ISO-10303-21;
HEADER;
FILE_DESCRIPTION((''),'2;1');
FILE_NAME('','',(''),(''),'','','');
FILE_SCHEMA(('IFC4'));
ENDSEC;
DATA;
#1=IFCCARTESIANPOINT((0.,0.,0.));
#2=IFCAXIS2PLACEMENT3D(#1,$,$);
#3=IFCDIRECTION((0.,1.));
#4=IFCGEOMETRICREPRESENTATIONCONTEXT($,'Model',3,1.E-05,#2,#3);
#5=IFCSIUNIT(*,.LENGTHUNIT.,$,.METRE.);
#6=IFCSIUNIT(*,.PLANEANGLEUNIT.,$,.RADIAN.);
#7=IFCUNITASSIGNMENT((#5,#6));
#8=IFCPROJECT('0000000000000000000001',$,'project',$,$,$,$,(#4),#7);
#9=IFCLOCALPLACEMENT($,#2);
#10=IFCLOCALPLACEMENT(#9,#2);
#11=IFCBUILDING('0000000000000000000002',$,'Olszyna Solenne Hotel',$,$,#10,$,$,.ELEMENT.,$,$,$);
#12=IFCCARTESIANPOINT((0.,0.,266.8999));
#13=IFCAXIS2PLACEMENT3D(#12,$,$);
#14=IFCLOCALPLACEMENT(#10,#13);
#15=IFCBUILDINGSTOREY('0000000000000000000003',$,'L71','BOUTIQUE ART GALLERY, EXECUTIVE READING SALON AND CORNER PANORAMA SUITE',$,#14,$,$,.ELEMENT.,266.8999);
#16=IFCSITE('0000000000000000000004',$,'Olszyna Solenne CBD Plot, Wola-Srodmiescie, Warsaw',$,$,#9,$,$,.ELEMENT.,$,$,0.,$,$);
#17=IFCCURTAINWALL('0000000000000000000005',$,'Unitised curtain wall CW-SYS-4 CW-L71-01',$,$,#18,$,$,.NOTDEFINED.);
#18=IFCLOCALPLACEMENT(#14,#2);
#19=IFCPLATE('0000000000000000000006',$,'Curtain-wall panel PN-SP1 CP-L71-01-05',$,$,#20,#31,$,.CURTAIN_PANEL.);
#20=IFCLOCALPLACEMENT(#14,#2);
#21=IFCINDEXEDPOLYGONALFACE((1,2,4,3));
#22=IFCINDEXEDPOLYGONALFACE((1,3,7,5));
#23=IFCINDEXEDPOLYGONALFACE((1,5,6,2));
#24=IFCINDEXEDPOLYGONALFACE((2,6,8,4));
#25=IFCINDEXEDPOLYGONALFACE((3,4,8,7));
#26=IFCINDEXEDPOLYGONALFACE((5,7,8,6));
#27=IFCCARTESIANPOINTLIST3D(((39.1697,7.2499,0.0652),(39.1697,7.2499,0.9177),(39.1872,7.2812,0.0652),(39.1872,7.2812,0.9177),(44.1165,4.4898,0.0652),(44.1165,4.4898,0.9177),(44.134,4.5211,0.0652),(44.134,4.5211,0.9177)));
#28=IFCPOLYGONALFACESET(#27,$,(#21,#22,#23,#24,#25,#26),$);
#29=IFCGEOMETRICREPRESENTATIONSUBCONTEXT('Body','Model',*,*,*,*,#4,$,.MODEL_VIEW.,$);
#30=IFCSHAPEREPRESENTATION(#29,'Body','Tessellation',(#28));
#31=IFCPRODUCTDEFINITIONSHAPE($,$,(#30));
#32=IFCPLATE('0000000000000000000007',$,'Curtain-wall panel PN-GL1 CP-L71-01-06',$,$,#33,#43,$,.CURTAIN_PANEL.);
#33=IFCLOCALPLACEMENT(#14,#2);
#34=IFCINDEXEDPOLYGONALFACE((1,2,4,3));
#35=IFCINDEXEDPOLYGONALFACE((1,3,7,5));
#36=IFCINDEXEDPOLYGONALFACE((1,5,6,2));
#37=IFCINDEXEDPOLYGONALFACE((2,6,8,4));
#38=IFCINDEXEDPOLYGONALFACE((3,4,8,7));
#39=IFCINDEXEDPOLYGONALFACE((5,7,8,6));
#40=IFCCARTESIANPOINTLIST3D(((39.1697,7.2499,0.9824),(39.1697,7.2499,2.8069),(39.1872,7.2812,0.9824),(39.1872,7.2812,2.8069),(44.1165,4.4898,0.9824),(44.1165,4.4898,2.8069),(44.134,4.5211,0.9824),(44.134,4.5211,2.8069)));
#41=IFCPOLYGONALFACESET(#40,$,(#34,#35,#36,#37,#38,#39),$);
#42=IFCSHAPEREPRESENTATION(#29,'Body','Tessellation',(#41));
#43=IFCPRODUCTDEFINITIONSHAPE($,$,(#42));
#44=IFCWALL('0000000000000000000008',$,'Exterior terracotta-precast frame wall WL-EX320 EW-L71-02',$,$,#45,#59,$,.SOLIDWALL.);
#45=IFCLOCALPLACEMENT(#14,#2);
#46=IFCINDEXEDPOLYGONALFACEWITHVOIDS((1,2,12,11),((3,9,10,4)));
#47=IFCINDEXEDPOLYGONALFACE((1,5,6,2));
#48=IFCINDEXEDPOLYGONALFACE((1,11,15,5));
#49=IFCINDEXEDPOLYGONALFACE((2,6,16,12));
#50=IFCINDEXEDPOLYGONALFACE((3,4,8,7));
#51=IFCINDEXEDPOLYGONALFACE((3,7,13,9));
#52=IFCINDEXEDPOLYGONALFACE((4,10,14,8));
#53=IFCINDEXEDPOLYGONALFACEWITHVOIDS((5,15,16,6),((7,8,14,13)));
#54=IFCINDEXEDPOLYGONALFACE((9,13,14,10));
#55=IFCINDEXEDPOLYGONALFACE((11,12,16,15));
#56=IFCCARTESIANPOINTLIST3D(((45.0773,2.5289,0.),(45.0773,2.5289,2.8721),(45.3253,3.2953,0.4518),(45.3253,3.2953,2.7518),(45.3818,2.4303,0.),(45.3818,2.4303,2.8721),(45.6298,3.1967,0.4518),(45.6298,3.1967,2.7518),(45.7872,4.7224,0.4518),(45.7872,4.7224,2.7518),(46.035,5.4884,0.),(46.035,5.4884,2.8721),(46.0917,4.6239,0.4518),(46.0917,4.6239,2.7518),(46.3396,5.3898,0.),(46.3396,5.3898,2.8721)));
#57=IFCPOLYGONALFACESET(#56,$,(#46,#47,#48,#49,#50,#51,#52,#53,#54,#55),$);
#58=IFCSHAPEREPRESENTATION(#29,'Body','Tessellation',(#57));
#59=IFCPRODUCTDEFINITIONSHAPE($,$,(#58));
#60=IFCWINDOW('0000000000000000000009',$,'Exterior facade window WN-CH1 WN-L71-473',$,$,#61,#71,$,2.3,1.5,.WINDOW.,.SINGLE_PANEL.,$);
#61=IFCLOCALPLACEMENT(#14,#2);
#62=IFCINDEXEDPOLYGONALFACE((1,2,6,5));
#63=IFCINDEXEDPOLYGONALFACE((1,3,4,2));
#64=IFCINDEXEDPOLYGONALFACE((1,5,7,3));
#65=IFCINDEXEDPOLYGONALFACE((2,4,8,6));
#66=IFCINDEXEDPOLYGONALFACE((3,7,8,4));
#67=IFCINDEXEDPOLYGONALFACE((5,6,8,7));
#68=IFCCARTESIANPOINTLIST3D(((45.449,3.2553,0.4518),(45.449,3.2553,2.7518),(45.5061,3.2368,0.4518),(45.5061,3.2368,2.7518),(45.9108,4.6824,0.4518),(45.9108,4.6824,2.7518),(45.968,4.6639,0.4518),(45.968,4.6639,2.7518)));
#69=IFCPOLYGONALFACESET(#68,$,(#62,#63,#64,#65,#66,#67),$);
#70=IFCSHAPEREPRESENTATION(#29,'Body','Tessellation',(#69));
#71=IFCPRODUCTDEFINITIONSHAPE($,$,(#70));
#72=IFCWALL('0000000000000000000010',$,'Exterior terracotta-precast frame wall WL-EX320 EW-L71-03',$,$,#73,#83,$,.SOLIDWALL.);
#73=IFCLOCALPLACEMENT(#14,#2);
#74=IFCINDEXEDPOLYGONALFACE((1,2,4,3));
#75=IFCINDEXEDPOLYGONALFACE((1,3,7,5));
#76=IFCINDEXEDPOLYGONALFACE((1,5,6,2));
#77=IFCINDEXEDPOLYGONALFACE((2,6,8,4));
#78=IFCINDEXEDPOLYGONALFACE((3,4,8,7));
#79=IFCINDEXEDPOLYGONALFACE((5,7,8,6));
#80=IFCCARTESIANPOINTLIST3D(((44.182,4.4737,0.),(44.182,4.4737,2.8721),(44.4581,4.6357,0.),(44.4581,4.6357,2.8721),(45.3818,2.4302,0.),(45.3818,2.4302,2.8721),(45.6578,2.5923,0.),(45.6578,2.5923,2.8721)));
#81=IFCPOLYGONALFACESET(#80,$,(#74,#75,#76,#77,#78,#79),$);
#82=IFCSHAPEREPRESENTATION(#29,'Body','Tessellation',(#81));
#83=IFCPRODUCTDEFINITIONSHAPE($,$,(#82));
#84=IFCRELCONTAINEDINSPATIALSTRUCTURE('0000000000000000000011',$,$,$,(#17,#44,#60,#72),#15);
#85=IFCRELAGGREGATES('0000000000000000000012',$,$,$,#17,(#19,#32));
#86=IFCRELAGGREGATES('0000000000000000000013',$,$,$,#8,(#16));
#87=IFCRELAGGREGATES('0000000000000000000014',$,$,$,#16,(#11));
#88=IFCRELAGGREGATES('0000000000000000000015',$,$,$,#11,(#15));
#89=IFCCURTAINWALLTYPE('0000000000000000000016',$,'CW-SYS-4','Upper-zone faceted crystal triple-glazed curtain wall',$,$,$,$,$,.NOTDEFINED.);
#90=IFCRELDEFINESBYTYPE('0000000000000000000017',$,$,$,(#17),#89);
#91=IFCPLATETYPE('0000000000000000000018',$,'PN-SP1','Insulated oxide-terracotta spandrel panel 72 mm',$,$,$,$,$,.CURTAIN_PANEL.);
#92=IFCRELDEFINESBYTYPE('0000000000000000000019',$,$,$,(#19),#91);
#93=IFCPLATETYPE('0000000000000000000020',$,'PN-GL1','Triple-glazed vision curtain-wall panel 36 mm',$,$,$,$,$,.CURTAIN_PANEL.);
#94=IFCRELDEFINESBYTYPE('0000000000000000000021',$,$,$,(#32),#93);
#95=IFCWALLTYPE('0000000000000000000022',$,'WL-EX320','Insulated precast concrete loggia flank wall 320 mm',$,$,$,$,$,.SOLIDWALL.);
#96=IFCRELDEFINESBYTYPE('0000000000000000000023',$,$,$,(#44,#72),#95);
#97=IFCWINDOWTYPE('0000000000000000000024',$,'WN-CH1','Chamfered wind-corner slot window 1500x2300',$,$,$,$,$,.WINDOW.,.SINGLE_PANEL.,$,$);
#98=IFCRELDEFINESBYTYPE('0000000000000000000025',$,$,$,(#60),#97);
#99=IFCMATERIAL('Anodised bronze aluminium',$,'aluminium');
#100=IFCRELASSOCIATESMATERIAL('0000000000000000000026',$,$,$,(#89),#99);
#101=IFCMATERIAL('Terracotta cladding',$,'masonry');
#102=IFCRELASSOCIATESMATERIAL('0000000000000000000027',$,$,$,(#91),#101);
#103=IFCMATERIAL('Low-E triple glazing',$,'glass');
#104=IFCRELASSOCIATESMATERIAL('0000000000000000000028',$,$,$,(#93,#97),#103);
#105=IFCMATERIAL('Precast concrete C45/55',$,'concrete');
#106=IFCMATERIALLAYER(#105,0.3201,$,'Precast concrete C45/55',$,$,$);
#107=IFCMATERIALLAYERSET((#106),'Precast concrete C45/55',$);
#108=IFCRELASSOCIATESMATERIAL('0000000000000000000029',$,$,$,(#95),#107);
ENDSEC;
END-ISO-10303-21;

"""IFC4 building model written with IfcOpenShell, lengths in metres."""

from ifc_helpers import new_model, si_unit, direction, frame, frame_2d, origin, origin_2d, place, context, subcontext, project, spatial, rectangle, extrude, source, transform, mapped, material, layer, layer_set, type_object, type_shapes, element, fill, aggregate, save


model = new_model("IFC4")

# Units and contexts
model_context = context("Model", 3, precision=1e-05, world=origin(), true_north=direction((0.0, 1.0)))
body_context = subcontext(model_context, "Body", "Model", "MODEL_VIEW")
ifc_project = project(units=[si_unit("LENGTHUNIT", "METRE"), si_unit("PLANEANGLEUNIT", "RADIAN")], contexts=[model_context])

# Site, building, storey
site_placement = place(None, origin())
site = spatial("IfcSite", under=ifc_project, at=site_placement, Name="Olszyna Solenne CBD Plot, Wola-Srodmiescie, Warsaw", CompositionType="ELEMENT", RefElevation=0.0)
building_placement = place(site_placement, origin())
building = spatial("IfcBuilding", under=site, at=building_placement, Name="Olszyna Solenne Hotel", CompositionType="ELEMENT")
storey_placement = place(building_placement, frame((0.0, 0.0, 266.8999)))
storey = spatial("IfcBuildingStorey", under=building, at=storey_placement, Name="L71", Description="BOUTIQUE ART GALLERY, EXECUTIVE READING SALON AND CORNER PANORAMA SUITE", CompositionType="ELEMENT", Elevation=266.8999)

# Curtain wall
ifc_material_1 = material(Name="Anodised bronze aluminium", Category="aluminium")
curtain_wall_type = type_object("IfcCurtainWallType", Name="CW-SYS-4", Description="Upper-zone faceted crystal triple-glazed curtain wall", PredefinedType="NOTDEFINED", material=ifc_material_1)
curtain_wall_placement = place(storey_placement, origin())
curtain_wall = element("IfcCurtainWall", 1, at=curtain_wall_placement, inside=storey, type_object=curtain_wall_type, Name="Unitised curtain wall CW-SYS-4 CW-L71-01", PredefinedType="NOTDEFINED")

# Plates
ifc_material_2 = material(Name="Terracotta cladding", Category="masonry")
plate_type_1 = type_object("IfcPlateType", Name="PN-SP1", Description="Insulated oxide-terracotta spandrel panel 72 mm", PredefinedType="CURTAIN_PANEL", material=ifc_material_2)
shared_shape_1 = source(origin(), body_context, "Body", "SweptSolid", [
    extrude(rectangle(XDim=5.6648, YDim=0.0359, at=origin_2d()), origin(), (0.0, 0.0, 1.0), 0.8525),
])
plate_1_placement = place(storey_placement, frame((41.6519, 5.8855, 0.0652), z_axis=(0.0, 0.0, 1.0), x_axis=(0.873265, -0.487246, 0.0)))
plate_1 = element("IfcPlate", 2, at=plate_1_placement, type_object=plate_type_1, Name="Curtain-wall panel PN-SP1 CP-L71-01-05", PredefinedType="CURTAIN_PANEL", context=body_context, shape_type="MappedRepresentation", body=[
    mapped(shared_shape_1, transform((0.0, 0.0, 0.0), x_axis=(1.0, 0.0, 0.0), y_axis=(0.0, 1.0, 0.0), z_axis=(0.0, 0.0, 1.0), scale=1.0)),
])
ifc_material_3 = material(Name="Low-E triple glazing", Category="glass")
plate_type_2 = type_object("IfcPlateType", Name="PN-GL1", Description="Triple-glazed vision curtain-wall panel 36 mm", PredefinedType="CURTAIN_PANEL", material=ifc_material_3)
shared_shape_2 = source(origin(), body_context, "Body", "SweptSolid", [
    extrude(rectangle(XDim=5.6648, YDim=0.0359, at=origin_2d()), origin(), (0.0, 0.0, 1.0), 1.8245),
])
plate_2_placement = place(storey_placement, frame((41.6519, 5.8855, 0.9824), z_axis=(0.0, 0.0, 1.0), x_axis=(0.873265, -0.487246, 0.0)))
plate_2 = element("IfcPlate", 3, at=plate_2_placement, type_object=plate_type_2, Name="Curtain-wall panel PN-GL1 CP-L71-01-06", PredefinedType="CURTAIN_PANEL", context=body_context, shape_type="MappedRepresentation", body=[
    mapped(shared_shape_2, transform((0.0, 0.0, 0.0), x_axis=(1.0, 0.0, 0.0), y_axis=(0.0, 1.0, 0.0), z_axis=(0.0, 0.0, 1.0), scale=1.0)),
])
aggregate(curtain_wall, [plate_1, plate_2])

# Wall, opening, window
ifc_material_4 = material(Name="Precast concrete C45/55", Category="concrete")
ifc_layer = layer(ifc_material_4, 0.3201, Name="Precast concrete C45/55")
ifc_layer_set = layer_set([ifc_layer], Name="Precast concrete C45/55")
wall_type = type_object("IfcWallType", Name="WL-EX320", Description="Insulated precast concrete loggia flank wall 320 mm", PredefinedType="SOLIDWALL", material=ifc_layer_set)
wall_1_placement = place(storey_placement, frame((46.1873, 5.439, 0.0), z_axis=(0.0, 0.0, 1.0), x_axis=(-0.307904, -0.951417, 0.0)))
wall_1 = element("IfcWall", 4, at=wall_1_placement, inside=storey, type_object=wall_type, Name="Exterior terracotta-precast frame wall WL-EX320 EW-L71-02", PredefinedType="SOLIDWALL", context=body_context, shape_type="SweptSolid", body=[
    extrude(rectangle(XDim=3.1106, YDim=0.3201, at=frame_2d((1.5552, 0.0))), origin(), (0.0, 0.0, 1.0), 2.8721),
])
opening_placement = place(wall_1_placement, frame((0.8049, 0.0, 0.4519)))
opening = element("IfcOpeningElement", 5, at=opening_placement, cuts=wall_1, PredefinedType="OPENING", context=body_context, shape_type="SweptSolid", body=[
    extrude(rectangle(XDim=1.5, YDim=2.3, at=frame_2d((0.75, 1.1499))), frame((0.0, 0.1699, 0.0), z_axis=(0.0, -1.0, 0.0), x_axis=(1.0, 0.0, 0.0)), (0.0, 0.0, 1.0), 0.3401),
])
window_type = type_object("IfcWindowType", Name="WN-CH1", Description="Chamfered wind-corner slot window 1500x2300", PartitioningType="SINGLE_PANEL", PredefinedType="WINDOW", material=ifc_material_3)
shared_shape_3 = source(origin(), body_context, "Body", "SweptSolid", [
    extrude(rectangle(XDim=1.5, YDim=2.3, at=frame_2d((0.75, 1.1499))), frame((0.0, 0.03, 0.0), z_axis=(0.0, -1.0, 0.0), x_axis=(1.0, 0.0, 0.0)), (0.0, 0.0, 1.0), 0.0601),
])
type_shapes(window_type, [shared_shape_3])
window_placement = place(opening_placement, origin())
window = element("IfcWindow", 6, at=window_placement, inside=storey, type_object=window_type, Name="Exterior facade window WN-CH1 WN-L71-473", OverallHeight=2.3, OverallWidth=1.5, PartitioningType="SINGLE_PANEL", PredefinedType="WINDOW", context=body_context, shape_type="MappedRepresentation", body=[
    mapped(shared_shape_3, transform((0.0, 0.0, 0.0), x_axis=(1.0, 0.0, 0.0), y_axis=(0.0, 1.0, 0.0), z_axis=(0.0, 0.0, 1.0), scale=1.0)),
])
fill(opening, window)

# Wall
wall_2_placement = place(storey_placement, frame((45.5198, 2.5112, 0.0), z_axis=(0.0, 0.0, 1.0), x_axis=(-0.506291, 0.862363, 0.0)))
element("IfcWall", 7, at=wall_2_placement, inside=storey, type_object=wall_type, Name="Exterior terracotta-precast frame wall WL-EX320 EW-L71-03", PredefinedType="SOLIDWALL", context=body_context, shape_type="SweptSolid", body=[
    extrude(rectangle(XDim=2.3696, YDim=0.3201, at=frame_2d((1.1848, 0.0))), origin(), (0.0, 0.0, 1.0), 2.8721),
])

save(model, "model.ifc")
